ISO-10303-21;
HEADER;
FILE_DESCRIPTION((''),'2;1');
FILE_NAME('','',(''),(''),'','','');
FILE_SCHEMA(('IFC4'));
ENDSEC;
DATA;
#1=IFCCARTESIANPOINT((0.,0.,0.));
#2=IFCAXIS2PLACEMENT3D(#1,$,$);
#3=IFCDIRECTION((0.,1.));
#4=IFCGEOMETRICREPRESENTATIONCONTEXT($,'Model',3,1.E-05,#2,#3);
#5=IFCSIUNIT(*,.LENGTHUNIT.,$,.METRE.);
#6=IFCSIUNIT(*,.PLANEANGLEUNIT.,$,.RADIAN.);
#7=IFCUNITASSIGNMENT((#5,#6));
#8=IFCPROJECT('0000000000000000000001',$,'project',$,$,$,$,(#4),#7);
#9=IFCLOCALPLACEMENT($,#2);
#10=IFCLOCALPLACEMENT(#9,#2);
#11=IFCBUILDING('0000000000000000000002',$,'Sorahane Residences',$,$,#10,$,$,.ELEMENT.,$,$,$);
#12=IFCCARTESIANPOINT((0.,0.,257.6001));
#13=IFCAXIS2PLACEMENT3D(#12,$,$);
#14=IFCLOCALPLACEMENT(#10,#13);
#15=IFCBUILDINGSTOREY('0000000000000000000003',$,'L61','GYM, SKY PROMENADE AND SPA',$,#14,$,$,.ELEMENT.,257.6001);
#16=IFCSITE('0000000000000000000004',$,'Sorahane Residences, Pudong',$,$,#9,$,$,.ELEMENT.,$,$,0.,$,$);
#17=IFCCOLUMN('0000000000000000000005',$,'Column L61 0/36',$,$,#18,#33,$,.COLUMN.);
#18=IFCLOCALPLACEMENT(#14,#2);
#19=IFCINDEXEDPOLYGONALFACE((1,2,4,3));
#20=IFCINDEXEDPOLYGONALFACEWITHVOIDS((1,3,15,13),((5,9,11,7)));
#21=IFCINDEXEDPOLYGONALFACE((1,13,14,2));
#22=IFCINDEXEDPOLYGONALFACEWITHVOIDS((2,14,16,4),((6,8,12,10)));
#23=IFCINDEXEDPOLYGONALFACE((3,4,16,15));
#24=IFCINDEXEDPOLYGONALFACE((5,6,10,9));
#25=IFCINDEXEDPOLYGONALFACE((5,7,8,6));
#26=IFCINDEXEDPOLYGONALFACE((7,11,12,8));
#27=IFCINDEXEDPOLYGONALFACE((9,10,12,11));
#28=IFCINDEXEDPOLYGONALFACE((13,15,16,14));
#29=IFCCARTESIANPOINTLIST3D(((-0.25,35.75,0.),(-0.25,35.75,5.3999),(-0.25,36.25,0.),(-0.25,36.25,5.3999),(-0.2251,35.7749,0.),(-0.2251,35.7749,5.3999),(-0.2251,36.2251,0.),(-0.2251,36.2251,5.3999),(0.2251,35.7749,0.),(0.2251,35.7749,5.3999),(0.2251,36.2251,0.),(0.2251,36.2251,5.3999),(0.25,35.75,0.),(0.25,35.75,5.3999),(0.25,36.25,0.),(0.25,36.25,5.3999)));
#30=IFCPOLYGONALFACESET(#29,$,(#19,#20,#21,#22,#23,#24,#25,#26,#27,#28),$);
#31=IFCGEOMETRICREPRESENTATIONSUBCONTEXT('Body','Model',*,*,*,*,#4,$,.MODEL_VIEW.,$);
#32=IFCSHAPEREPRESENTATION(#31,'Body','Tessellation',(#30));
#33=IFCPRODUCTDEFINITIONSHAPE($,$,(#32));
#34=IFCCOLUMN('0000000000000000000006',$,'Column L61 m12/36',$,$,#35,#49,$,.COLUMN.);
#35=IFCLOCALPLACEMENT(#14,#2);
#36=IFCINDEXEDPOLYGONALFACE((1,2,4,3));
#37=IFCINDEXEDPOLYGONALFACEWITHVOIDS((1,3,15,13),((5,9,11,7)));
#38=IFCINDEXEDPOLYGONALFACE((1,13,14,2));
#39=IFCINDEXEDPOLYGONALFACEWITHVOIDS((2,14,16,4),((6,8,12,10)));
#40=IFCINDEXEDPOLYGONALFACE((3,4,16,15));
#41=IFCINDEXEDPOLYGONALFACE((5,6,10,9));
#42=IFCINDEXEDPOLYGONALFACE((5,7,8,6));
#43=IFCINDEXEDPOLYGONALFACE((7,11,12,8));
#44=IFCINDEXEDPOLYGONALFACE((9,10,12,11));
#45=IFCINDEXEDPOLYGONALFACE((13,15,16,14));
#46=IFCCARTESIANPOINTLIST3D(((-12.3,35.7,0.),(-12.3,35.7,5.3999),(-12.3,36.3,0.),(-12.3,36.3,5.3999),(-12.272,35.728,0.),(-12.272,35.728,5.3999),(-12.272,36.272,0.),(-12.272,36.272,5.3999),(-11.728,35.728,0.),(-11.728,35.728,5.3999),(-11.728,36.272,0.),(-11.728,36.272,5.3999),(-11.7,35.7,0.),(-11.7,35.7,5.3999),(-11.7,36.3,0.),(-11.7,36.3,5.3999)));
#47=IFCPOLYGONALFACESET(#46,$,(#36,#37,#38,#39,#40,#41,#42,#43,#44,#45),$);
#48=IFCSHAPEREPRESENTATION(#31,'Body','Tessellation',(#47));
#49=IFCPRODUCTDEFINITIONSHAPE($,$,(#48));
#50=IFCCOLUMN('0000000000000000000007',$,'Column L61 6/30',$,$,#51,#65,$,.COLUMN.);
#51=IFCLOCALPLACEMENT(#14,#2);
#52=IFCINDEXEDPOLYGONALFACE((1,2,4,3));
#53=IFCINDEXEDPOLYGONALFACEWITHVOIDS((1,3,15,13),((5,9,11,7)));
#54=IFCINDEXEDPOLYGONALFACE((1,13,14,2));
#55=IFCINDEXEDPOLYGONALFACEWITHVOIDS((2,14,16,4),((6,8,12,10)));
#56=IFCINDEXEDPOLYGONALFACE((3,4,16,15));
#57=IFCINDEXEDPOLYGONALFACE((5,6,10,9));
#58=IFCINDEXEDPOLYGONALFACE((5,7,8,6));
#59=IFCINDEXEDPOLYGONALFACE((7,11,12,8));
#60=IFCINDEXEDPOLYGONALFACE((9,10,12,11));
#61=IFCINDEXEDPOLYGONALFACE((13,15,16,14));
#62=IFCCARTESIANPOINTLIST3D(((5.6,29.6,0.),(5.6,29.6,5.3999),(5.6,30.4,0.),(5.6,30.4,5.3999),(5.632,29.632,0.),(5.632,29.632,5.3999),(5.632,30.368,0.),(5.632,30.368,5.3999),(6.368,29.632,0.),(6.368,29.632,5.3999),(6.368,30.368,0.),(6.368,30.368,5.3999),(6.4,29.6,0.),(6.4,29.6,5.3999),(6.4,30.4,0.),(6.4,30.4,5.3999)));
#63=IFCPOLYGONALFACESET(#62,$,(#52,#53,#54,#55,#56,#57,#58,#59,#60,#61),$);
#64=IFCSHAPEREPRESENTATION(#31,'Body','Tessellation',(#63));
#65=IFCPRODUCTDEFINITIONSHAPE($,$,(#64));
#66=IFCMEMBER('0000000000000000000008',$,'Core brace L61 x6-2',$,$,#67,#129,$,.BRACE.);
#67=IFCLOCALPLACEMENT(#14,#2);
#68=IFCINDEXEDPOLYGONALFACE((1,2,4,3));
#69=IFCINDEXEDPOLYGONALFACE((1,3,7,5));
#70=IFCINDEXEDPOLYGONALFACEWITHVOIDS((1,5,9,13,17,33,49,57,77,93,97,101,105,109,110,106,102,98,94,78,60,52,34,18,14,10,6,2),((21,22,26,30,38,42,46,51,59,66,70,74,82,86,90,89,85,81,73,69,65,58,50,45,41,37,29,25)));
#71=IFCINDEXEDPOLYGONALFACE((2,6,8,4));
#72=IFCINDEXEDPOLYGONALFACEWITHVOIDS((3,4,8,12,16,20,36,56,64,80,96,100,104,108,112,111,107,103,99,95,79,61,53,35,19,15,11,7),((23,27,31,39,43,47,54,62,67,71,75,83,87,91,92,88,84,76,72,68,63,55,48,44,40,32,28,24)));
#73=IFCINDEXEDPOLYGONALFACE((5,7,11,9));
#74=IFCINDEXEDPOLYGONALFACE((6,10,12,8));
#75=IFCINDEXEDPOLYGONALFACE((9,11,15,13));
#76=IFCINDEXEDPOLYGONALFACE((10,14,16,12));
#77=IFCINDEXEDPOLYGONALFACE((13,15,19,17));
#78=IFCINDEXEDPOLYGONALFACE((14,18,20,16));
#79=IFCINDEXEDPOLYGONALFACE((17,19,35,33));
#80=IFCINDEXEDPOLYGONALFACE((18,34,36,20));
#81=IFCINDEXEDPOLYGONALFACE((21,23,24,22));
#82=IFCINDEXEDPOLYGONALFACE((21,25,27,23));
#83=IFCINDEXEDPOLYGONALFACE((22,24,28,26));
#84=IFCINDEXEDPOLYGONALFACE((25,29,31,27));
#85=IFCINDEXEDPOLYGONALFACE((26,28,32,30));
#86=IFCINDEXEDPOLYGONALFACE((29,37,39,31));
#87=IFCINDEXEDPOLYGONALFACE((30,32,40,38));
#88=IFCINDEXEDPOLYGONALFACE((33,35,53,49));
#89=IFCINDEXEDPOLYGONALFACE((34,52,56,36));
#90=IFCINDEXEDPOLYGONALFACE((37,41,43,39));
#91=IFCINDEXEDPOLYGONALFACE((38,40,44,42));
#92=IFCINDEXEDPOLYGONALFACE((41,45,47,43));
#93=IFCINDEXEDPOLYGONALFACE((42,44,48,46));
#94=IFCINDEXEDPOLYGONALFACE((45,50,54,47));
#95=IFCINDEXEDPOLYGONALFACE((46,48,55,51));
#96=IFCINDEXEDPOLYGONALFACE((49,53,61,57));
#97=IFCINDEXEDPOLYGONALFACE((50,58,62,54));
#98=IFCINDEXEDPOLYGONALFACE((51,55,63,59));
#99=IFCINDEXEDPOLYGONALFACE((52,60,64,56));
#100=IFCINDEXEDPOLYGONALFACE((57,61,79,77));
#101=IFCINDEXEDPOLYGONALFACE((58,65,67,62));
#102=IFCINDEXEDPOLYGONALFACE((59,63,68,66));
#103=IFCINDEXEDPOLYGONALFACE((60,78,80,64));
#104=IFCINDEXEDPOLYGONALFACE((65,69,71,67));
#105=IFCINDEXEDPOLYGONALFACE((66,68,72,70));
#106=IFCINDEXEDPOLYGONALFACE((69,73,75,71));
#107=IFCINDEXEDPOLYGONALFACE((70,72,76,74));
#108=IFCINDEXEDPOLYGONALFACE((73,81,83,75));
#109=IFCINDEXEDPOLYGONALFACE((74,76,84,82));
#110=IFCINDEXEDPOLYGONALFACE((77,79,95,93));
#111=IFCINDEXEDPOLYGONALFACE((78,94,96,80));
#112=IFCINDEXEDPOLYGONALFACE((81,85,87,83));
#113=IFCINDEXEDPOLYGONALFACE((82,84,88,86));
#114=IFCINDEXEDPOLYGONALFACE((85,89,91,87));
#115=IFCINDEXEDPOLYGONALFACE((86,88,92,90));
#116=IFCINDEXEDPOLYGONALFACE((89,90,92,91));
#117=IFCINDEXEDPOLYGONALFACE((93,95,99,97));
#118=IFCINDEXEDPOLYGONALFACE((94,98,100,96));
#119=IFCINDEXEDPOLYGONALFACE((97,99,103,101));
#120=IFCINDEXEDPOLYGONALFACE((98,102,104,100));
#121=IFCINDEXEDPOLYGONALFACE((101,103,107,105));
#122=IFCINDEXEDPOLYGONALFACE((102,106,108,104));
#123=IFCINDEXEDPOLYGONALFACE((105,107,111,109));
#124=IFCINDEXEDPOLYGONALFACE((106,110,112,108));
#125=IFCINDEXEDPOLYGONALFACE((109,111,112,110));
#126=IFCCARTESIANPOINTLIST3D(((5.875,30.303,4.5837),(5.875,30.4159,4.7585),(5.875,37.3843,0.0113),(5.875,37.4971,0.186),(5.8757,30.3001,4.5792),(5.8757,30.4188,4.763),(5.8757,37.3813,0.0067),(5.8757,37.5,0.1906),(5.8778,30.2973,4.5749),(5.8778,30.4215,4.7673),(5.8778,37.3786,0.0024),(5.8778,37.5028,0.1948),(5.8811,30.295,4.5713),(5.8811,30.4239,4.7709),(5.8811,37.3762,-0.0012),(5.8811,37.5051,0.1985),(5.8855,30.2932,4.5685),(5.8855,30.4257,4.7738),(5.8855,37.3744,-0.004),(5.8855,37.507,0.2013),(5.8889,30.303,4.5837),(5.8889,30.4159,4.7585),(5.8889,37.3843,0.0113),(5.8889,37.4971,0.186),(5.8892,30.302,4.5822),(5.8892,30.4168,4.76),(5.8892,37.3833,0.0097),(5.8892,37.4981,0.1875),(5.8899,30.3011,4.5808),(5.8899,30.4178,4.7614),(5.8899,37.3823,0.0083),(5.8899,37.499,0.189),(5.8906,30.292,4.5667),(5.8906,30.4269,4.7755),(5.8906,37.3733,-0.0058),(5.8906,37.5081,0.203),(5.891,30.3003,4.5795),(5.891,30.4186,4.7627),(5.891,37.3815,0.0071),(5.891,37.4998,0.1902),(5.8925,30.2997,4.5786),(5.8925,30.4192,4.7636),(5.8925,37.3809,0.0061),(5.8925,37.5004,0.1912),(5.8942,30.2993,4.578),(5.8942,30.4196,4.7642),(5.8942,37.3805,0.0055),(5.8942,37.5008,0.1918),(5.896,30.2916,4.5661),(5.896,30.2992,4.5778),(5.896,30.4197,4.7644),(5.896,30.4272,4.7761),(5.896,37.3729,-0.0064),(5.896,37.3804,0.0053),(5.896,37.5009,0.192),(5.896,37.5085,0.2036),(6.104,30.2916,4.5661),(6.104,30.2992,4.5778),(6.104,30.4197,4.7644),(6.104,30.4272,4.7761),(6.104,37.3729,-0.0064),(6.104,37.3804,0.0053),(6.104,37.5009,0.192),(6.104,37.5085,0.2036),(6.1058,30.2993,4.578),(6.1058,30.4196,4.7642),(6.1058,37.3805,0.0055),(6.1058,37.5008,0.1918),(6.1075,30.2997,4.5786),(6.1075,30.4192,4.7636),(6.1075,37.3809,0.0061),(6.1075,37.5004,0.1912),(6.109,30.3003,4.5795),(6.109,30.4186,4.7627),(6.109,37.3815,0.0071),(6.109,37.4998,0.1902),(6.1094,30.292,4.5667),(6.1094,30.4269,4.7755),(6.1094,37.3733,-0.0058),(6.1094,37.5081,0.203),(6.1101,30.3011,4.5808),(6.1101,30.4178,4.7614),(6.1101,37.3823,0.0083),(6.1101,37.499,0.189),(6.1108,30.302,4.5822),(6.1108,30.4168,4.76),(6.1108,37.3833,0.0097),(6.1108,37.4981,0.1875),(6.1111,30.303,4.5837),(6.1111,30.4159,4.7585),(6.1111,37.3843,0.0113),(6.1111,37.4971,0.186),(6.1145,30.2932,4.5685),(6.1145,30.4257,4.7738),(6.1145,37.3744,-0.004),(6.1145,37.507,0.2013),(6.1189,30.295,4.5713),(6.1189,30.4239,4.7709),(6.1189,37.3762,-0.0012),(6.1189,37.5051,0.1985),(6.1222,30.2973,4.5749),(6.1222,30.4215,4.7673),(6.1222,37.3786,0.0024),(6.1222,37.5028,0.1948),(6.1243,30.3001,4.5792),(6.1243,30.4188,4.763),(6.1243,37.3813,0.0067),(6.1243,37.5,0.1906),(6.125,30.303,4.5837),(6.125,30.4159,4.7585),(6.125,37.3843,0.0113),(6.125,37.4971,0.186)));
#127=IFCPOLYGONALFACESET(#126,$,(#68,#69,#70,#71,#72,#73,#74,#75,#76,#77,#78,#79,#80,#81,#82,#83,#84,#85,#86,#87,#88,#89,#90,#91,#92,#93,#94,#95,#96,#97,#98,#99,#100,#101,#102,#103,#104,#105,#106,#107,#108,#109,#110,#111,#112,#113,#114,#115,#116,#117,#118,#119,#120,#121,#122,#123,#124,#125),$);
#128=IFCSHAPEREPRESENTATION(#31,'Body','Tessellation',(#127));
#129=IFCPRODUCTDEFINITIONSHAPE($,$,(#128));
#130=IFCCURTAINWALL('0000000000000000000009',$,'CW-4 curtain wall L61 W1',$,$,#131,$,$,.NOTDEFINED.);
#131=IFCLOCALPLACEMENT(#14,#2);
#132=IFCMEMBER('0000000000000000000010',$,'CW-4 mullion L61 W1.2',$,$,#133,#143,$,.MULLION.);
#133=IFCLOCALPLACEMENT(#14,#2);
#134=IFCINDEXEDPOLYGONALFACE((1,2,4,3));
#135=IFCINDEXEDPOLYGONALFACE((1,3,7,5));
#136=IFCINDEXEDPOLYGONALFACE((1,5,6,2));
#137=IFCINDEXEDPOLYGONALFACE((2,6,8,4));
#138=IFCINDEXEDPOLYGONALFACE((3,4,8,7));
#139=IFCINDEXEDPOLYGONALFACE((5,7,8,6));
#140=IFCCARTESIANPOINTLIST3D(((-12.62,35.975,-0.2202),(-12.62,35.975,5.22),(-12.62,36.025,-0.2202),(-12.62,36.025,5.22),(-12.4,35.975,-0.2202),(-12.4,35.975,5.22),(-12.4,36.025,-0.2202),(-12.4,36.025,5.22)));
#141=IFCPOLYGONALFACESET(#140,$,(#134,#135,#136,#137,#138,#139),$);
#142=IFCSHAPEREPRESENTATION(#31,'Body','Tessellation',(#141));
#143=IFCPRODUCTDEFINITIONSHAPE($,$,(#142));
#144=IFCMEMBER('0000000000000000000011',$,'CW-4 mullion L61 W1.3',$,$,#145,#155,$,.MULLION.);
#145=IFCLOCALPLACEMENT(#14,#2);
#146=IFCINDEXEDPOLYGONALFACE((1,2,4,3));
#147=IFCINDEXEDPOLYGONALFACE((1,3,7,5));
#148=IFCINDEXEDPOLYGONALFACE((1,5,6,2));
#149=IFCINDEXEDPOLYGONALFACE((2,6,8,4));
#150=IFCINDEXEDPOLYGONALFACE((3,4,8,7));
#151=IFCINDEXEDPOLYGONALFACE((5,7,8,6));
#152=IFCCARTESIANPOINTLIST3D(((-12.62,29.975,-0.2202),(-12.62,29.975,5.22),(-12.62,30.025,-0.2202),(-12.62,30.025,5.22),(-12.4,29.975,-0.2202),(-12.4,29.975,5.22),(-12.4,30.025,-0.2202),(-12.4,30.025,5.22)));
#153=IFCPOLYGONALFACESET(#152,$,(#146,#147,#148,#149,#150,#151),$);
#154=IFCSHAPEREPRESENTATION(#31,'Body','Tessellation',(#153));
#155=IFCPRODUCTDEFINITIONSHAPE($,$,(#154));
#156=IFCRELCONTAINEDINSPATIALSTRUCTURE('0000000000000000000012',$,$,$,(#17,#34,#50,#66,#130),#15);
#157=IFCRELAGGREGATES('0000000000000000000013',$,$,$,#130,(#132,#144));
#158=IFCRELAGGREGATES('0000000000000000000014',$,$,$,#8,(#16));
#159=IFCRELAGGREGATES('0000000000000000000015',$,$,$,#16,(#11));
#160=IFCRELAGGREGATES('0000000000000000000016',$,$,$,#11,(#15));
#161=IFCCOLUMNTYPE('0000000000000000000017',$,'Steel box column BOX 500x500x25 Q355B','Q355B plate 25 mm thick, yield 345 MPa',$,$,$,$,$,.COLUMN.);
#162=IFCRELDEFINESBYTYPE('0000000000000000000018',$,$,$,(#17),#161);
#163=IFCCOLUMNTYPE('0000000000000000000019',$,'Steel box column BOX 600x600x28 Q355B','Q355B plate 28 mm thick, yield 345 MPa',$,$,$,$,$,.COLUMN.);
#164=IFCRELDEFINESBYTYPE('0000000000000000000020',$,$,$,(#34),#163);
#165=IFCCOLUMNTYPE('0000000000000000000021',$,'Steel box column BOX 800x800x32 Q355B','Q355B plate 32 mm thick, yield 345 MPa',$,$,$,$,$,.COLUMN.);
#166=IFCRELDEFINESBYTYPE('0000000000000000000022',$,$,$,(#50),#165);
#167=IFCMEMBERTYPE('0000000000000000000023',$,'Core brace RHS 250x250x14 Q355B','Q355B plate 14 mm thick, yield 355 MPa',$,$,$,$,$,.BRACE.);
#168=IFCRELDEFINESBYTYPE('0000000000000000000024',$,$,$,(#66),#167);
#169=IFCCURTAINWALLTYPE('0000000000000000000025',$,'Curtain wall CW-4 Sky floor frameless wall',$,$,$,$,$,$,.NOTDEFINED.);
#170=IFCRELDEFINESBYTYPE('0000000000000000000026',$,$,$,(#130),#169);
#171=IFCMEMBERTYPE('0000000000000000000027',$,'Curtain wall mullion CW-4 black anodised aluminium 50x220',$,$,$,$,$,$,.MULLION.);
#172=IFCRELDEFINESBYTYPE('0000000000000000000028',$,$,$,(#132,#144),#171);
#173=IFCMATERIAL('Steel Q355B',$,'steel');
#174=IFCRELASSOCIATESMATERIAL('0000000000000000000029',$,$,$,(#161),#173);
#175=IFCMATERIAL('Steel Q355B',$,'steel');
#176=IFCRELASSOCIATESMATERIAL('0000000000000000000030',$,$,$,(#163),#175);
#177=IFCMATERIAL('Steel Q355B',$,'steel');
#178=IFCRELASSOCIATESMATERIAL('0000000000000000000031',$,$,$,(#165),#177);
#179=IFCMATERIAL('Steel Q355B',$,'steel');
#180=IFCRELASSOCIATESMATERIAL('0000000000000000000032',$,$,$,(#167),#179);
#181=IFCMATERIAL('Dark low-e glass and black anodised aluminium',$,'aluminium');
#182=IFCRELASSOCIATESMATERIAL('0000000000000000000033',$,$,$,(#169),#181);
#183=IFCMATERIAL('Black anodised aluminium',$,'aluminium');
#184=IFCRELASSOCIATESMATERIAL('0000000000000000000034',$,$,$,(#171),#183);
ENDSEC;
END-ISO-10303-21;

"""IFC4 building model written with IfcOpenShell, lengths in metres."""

from ifc_helpers import new_model, si_unit, direction, frame, origin, origin_2d, place, context, subcontext, project, spatial, rectangle, hollow_rectangle, extrude, material, material_profile, profile_set, type_object, element, aggregate, save


model = new_model("IFC4")

# Units and contexts
model_context = context("Model", 3, precision=1e-05, world=origin(), true_north=direction((0.0, 1.0)))
body_context = subcontext(model_context, "Body", "Model", "MODEL_VIEW")
ifc_project = project(units=[si_unit("LENGTHUNIT", "METRE"), si_unit("PLANEANGLEUNIT", "RADIAN")], contexts=[model_context])

# Site, building, storey
site_placement = place(None, origin())
site = spatial("IfcSite", under=ifc_project, at=site_placement, Name="Sorahane Residences, Pudong", CompositionType="ELEMENT", RefElevation=0.0)
building_placement = place(site_placement, origin())
building = spatial("IfcBuilding", under=site, at=building_placement, Name="Sorahane Residences", CompositionType="ELEMENT")
storey_placement = place(building_placement, frame((0.0, 0.0, 257.6001)))
storey = spatial("IfcBuildingStorey", under=building, at=storey_placement, Name="L61", Description="GYM, SKY PROMENADE AND SPA", CompositionType="ELEMENT", Elevation=257.6001)

# Columns
ifc_material_1 = material(Name="Steel Q355B", Category="steel")
ifc_material_profile_1 = material_profile(ifc_material_1, hollow_rectangle(XDim=0.5, YDim=0.5, WallThickness=0.0249, at=origin_2d()), Name="BOX 500x500x25")
ifc_profile_set_1 = profile_set([ifc_material_profile_1], Name="Steel Q355B")
column_type_1 = type_object("IfcColumnType", Name="Steel box column BOX 500x500x25 Q355B", Description="Q355B plate 25 mm thick, yield 345 MPa", PredefinedType="COLUMN", material=ifc_profile_set_1)
column_1_placement = place(storey_placement, frame((0.0, 36.0, 0.0), z_axis=(0.0, 0.0, 1.0), x_axis=(1.0, 0.0, 0.0)))
element("IfcColumn", 1, at=column_1_placement, inside=storey, type_object=column_type_1, Name="Column L61 0/36", PredefinedType="COLUMN", context=body_context, shape_type="SweptSolid", body=[
    extrude(hollow_rectangle(XDim=0.5, YDim=0.5, WallThickness=0.0249, at=origin_2d()), origin(), (0.0, 0.0, 1.0), 5.3999),
])
ifc_material_2 = material(Name="Steel Q355B", Category="steel")
ifc_material_profile_2 = material_profile(ifc_material_2, hollow_rectangle(XDim=0.6001, YDim=0.6001, WallThickness=0.0281, at=origin_2d()), Name="BOX 600x600x28")
ifc_profile_set_2 = profile_set([ifc_material_profile_2], Name="Steel Q355B")
column_type_2 = type_object("IfcColumnType", Name="Steel box column BOX 600x600x28 Q355B", Description="Q355B plate 28 mm thick, yield 345 MPa", PredefinedType="COLUMN", material=ifc_profile_set_2)
column_2_placement = place(storey_placement, frame((-12.0, 36.0, 0.0), z_axis=(0.0, 0.0, 1.0), x_axis=(1.0, 0.0, 0.0)))
element("IfcColumn", 2, at=column_2_placement, inside=storey, type_object=column_type_2, Name="Column L61 m12/36", PredefinedType="COLUMN", context=body_context, shape_type="SweptSolid", body=[
    extrude(hollow_rectangle(XDim=0.6001, YDim=0.6001, WallThickness=0.0281, at=origin_2d()), origin(), (0.0, 0.0, 1.0), 5.3999),
])
ifc_material_3 = material(Name="Steel Q355B", Category="steel")
ifc_material_profile_3 = material_profile(ifc_material_3, hollow_rectangle(XDim=0.8, YDim=0.8, WallThickness=0.032, at=origin_2d()), Name="BOX 800x800x32")
ifc_profile_set_3 = profile_set([ifc_material_profile_3], Name="Steel Q355B")
column_type_3 = type_object("IfcColumnType", Name="Steel box column BOX 800x800x32 Q355B", Description="Q355B plate 32 mm thick, yield 345 MPa", PredefinedType="COLUMN", material=ifc_profile_set_3)
column_3_placement = place(storey_placement, frame((6.0, 30.0, 0.0), z_axis=(0.0, 0.0, 1.0), x_axis=(1.0, 0.0, 0.0)))
element("IfcColumn", 3, at=column_3_placement, inside=storey, type_object=column_type_3, Name="Column L61 6/30", PredefinedType="COLUMN", context=body_context, shape_type="SweptSolid", body=[
    extrude(hollow_rectangle(XDim=0.8, YDim=0.8, WallThickness=0.032, at=origin_2d()), origin(), (0.0, 0.0, 1.0), 5.3999),
])

# Member
ifc_material_4 = material(Name="Steel Q355B", Category="steel")
ifc_material_profile_4 = material_profile(ifc_material_4, hollow_rectangle(XDim=0.25, YDim=0.25, WallThickness=0.0139, InnerFilletRadius=0.0071, OuterFilletRadius=0.021, at=origin_2d()), Name="RHS 250x250x14")
ifc_profile_set_4 = profile_set([ifc_material_profile_4], Name="Steel Q355B")
member_type_1 = type_object("IfcMemberType", Name="Core brace RHS 250x250x14 Q355B", Description="Q355B plate 14 mm thick, yield 355 MPa", PredefinedType="BRACE", material=ifc_profile_set_4)
member_1_placement = place(storey_placement, frame((6.0, 37.4407, 0.0986), z_axis=(0.0, -0.840084, 0.542456), x_axis=(1.0, 0.0, 0.0)))
element("IfcMember", 4, at=member_1_placement, inside=storey, type_object=member_type_1, Name="Core brace L61 x6-2", PredefinedType="BRACE", context=body_context, shape_type="SweptSolid", body=[
    extrude(hollow_rectangle(XDim=0.25, YDim=0.25, WallThickness=0.0139, InnerFilletRadius=0.0071, OuterFilletRadius=0.021, at=origin_2d()), origin(), (0.0, 0.0, 1.0), 8.4292),
])

# Curtain wall, members
ifc_material_5 = material(Name="Dark low-e glass and black anodised aluminium", Category="aluminium")
curtain_wall_type = type_object("IfcCurtainWallType", Name="Curtain wall CW-4 Sky floor frameless wall", PredefinedType="NOTDEFINED", material=ifc_material_5)
curtain_wall_placement = place(storey_placement, origin())
curtain_wall = element("IfcCurtainWall", 5, at=curtain_wall_placement, inside=storey, type_object=curtain_wall_type, Name="CW-4 curtain wall L61 W1", PredefinedType="NOTDEFINED")
ifc_material_6 = material(Name="Black anodised aluminium", Category="aluminium")
ifc_material_profile_5 = material_profile(ifc_material_6, rectangle(XDim=0.22, YDim=0.05, at=origin_2d()), Name="Curtain wall mullion CW-4 black anodised aluminium 50x220")
ifc_profile_set_5 = profile_set([ifc_material_profile_5], Name="Black anodised aluminium")
member_type_2 = type_object("IfcMemberType", Name="Curtain wall mullion CW-4 black anodised aluminium 50x220", PredefinedType="MULLION", material=ifc_profile_set_5)
member_2_placement = place(storey_placement, frame((-12.51, 36.0, -0.2202), z_axis=(0.0, 0.0, 1.0), x_axis=(-1.0, 0.0, 0.0)))
member_2 = element("IfcMember", 6, at=member_2_placement, type_object=member_type_2, Name="CW-4 mullion L61 W1.2", PredefinedType="MULLION", context=body_context, shape_type="SweptSolid", body=[
    extrude(rectangle(XDim=0.22, YDim=0.05, at=origin_2d()), origin(), (0.0, 0.0, 1.0), 5.4402),
])
member_3_placement = place(storey_placement, frame((-12.51, 30.0, -0.2202), z_axis=(0.0, 0.0, 1.0), x_axis=(-1.0, 0.0, 0.0)))
member_3 = element("IfcMember", 7, at=member_3_placement, type_object=member_type_2, Name="CW-4 mullion L61 W1.3", PredefinedType="MULLION", context=body_context, shape_type="SweptSolid", body=[
    extrude(rectangle(XDim=0.22, YDim=0.05, at=origin_2d()), origin(), (0.0, 0.0, 1.0), 5.4402),
])

aggregate(curtain_wall, [member_2, member_3])

save(model, "model.ifc")
